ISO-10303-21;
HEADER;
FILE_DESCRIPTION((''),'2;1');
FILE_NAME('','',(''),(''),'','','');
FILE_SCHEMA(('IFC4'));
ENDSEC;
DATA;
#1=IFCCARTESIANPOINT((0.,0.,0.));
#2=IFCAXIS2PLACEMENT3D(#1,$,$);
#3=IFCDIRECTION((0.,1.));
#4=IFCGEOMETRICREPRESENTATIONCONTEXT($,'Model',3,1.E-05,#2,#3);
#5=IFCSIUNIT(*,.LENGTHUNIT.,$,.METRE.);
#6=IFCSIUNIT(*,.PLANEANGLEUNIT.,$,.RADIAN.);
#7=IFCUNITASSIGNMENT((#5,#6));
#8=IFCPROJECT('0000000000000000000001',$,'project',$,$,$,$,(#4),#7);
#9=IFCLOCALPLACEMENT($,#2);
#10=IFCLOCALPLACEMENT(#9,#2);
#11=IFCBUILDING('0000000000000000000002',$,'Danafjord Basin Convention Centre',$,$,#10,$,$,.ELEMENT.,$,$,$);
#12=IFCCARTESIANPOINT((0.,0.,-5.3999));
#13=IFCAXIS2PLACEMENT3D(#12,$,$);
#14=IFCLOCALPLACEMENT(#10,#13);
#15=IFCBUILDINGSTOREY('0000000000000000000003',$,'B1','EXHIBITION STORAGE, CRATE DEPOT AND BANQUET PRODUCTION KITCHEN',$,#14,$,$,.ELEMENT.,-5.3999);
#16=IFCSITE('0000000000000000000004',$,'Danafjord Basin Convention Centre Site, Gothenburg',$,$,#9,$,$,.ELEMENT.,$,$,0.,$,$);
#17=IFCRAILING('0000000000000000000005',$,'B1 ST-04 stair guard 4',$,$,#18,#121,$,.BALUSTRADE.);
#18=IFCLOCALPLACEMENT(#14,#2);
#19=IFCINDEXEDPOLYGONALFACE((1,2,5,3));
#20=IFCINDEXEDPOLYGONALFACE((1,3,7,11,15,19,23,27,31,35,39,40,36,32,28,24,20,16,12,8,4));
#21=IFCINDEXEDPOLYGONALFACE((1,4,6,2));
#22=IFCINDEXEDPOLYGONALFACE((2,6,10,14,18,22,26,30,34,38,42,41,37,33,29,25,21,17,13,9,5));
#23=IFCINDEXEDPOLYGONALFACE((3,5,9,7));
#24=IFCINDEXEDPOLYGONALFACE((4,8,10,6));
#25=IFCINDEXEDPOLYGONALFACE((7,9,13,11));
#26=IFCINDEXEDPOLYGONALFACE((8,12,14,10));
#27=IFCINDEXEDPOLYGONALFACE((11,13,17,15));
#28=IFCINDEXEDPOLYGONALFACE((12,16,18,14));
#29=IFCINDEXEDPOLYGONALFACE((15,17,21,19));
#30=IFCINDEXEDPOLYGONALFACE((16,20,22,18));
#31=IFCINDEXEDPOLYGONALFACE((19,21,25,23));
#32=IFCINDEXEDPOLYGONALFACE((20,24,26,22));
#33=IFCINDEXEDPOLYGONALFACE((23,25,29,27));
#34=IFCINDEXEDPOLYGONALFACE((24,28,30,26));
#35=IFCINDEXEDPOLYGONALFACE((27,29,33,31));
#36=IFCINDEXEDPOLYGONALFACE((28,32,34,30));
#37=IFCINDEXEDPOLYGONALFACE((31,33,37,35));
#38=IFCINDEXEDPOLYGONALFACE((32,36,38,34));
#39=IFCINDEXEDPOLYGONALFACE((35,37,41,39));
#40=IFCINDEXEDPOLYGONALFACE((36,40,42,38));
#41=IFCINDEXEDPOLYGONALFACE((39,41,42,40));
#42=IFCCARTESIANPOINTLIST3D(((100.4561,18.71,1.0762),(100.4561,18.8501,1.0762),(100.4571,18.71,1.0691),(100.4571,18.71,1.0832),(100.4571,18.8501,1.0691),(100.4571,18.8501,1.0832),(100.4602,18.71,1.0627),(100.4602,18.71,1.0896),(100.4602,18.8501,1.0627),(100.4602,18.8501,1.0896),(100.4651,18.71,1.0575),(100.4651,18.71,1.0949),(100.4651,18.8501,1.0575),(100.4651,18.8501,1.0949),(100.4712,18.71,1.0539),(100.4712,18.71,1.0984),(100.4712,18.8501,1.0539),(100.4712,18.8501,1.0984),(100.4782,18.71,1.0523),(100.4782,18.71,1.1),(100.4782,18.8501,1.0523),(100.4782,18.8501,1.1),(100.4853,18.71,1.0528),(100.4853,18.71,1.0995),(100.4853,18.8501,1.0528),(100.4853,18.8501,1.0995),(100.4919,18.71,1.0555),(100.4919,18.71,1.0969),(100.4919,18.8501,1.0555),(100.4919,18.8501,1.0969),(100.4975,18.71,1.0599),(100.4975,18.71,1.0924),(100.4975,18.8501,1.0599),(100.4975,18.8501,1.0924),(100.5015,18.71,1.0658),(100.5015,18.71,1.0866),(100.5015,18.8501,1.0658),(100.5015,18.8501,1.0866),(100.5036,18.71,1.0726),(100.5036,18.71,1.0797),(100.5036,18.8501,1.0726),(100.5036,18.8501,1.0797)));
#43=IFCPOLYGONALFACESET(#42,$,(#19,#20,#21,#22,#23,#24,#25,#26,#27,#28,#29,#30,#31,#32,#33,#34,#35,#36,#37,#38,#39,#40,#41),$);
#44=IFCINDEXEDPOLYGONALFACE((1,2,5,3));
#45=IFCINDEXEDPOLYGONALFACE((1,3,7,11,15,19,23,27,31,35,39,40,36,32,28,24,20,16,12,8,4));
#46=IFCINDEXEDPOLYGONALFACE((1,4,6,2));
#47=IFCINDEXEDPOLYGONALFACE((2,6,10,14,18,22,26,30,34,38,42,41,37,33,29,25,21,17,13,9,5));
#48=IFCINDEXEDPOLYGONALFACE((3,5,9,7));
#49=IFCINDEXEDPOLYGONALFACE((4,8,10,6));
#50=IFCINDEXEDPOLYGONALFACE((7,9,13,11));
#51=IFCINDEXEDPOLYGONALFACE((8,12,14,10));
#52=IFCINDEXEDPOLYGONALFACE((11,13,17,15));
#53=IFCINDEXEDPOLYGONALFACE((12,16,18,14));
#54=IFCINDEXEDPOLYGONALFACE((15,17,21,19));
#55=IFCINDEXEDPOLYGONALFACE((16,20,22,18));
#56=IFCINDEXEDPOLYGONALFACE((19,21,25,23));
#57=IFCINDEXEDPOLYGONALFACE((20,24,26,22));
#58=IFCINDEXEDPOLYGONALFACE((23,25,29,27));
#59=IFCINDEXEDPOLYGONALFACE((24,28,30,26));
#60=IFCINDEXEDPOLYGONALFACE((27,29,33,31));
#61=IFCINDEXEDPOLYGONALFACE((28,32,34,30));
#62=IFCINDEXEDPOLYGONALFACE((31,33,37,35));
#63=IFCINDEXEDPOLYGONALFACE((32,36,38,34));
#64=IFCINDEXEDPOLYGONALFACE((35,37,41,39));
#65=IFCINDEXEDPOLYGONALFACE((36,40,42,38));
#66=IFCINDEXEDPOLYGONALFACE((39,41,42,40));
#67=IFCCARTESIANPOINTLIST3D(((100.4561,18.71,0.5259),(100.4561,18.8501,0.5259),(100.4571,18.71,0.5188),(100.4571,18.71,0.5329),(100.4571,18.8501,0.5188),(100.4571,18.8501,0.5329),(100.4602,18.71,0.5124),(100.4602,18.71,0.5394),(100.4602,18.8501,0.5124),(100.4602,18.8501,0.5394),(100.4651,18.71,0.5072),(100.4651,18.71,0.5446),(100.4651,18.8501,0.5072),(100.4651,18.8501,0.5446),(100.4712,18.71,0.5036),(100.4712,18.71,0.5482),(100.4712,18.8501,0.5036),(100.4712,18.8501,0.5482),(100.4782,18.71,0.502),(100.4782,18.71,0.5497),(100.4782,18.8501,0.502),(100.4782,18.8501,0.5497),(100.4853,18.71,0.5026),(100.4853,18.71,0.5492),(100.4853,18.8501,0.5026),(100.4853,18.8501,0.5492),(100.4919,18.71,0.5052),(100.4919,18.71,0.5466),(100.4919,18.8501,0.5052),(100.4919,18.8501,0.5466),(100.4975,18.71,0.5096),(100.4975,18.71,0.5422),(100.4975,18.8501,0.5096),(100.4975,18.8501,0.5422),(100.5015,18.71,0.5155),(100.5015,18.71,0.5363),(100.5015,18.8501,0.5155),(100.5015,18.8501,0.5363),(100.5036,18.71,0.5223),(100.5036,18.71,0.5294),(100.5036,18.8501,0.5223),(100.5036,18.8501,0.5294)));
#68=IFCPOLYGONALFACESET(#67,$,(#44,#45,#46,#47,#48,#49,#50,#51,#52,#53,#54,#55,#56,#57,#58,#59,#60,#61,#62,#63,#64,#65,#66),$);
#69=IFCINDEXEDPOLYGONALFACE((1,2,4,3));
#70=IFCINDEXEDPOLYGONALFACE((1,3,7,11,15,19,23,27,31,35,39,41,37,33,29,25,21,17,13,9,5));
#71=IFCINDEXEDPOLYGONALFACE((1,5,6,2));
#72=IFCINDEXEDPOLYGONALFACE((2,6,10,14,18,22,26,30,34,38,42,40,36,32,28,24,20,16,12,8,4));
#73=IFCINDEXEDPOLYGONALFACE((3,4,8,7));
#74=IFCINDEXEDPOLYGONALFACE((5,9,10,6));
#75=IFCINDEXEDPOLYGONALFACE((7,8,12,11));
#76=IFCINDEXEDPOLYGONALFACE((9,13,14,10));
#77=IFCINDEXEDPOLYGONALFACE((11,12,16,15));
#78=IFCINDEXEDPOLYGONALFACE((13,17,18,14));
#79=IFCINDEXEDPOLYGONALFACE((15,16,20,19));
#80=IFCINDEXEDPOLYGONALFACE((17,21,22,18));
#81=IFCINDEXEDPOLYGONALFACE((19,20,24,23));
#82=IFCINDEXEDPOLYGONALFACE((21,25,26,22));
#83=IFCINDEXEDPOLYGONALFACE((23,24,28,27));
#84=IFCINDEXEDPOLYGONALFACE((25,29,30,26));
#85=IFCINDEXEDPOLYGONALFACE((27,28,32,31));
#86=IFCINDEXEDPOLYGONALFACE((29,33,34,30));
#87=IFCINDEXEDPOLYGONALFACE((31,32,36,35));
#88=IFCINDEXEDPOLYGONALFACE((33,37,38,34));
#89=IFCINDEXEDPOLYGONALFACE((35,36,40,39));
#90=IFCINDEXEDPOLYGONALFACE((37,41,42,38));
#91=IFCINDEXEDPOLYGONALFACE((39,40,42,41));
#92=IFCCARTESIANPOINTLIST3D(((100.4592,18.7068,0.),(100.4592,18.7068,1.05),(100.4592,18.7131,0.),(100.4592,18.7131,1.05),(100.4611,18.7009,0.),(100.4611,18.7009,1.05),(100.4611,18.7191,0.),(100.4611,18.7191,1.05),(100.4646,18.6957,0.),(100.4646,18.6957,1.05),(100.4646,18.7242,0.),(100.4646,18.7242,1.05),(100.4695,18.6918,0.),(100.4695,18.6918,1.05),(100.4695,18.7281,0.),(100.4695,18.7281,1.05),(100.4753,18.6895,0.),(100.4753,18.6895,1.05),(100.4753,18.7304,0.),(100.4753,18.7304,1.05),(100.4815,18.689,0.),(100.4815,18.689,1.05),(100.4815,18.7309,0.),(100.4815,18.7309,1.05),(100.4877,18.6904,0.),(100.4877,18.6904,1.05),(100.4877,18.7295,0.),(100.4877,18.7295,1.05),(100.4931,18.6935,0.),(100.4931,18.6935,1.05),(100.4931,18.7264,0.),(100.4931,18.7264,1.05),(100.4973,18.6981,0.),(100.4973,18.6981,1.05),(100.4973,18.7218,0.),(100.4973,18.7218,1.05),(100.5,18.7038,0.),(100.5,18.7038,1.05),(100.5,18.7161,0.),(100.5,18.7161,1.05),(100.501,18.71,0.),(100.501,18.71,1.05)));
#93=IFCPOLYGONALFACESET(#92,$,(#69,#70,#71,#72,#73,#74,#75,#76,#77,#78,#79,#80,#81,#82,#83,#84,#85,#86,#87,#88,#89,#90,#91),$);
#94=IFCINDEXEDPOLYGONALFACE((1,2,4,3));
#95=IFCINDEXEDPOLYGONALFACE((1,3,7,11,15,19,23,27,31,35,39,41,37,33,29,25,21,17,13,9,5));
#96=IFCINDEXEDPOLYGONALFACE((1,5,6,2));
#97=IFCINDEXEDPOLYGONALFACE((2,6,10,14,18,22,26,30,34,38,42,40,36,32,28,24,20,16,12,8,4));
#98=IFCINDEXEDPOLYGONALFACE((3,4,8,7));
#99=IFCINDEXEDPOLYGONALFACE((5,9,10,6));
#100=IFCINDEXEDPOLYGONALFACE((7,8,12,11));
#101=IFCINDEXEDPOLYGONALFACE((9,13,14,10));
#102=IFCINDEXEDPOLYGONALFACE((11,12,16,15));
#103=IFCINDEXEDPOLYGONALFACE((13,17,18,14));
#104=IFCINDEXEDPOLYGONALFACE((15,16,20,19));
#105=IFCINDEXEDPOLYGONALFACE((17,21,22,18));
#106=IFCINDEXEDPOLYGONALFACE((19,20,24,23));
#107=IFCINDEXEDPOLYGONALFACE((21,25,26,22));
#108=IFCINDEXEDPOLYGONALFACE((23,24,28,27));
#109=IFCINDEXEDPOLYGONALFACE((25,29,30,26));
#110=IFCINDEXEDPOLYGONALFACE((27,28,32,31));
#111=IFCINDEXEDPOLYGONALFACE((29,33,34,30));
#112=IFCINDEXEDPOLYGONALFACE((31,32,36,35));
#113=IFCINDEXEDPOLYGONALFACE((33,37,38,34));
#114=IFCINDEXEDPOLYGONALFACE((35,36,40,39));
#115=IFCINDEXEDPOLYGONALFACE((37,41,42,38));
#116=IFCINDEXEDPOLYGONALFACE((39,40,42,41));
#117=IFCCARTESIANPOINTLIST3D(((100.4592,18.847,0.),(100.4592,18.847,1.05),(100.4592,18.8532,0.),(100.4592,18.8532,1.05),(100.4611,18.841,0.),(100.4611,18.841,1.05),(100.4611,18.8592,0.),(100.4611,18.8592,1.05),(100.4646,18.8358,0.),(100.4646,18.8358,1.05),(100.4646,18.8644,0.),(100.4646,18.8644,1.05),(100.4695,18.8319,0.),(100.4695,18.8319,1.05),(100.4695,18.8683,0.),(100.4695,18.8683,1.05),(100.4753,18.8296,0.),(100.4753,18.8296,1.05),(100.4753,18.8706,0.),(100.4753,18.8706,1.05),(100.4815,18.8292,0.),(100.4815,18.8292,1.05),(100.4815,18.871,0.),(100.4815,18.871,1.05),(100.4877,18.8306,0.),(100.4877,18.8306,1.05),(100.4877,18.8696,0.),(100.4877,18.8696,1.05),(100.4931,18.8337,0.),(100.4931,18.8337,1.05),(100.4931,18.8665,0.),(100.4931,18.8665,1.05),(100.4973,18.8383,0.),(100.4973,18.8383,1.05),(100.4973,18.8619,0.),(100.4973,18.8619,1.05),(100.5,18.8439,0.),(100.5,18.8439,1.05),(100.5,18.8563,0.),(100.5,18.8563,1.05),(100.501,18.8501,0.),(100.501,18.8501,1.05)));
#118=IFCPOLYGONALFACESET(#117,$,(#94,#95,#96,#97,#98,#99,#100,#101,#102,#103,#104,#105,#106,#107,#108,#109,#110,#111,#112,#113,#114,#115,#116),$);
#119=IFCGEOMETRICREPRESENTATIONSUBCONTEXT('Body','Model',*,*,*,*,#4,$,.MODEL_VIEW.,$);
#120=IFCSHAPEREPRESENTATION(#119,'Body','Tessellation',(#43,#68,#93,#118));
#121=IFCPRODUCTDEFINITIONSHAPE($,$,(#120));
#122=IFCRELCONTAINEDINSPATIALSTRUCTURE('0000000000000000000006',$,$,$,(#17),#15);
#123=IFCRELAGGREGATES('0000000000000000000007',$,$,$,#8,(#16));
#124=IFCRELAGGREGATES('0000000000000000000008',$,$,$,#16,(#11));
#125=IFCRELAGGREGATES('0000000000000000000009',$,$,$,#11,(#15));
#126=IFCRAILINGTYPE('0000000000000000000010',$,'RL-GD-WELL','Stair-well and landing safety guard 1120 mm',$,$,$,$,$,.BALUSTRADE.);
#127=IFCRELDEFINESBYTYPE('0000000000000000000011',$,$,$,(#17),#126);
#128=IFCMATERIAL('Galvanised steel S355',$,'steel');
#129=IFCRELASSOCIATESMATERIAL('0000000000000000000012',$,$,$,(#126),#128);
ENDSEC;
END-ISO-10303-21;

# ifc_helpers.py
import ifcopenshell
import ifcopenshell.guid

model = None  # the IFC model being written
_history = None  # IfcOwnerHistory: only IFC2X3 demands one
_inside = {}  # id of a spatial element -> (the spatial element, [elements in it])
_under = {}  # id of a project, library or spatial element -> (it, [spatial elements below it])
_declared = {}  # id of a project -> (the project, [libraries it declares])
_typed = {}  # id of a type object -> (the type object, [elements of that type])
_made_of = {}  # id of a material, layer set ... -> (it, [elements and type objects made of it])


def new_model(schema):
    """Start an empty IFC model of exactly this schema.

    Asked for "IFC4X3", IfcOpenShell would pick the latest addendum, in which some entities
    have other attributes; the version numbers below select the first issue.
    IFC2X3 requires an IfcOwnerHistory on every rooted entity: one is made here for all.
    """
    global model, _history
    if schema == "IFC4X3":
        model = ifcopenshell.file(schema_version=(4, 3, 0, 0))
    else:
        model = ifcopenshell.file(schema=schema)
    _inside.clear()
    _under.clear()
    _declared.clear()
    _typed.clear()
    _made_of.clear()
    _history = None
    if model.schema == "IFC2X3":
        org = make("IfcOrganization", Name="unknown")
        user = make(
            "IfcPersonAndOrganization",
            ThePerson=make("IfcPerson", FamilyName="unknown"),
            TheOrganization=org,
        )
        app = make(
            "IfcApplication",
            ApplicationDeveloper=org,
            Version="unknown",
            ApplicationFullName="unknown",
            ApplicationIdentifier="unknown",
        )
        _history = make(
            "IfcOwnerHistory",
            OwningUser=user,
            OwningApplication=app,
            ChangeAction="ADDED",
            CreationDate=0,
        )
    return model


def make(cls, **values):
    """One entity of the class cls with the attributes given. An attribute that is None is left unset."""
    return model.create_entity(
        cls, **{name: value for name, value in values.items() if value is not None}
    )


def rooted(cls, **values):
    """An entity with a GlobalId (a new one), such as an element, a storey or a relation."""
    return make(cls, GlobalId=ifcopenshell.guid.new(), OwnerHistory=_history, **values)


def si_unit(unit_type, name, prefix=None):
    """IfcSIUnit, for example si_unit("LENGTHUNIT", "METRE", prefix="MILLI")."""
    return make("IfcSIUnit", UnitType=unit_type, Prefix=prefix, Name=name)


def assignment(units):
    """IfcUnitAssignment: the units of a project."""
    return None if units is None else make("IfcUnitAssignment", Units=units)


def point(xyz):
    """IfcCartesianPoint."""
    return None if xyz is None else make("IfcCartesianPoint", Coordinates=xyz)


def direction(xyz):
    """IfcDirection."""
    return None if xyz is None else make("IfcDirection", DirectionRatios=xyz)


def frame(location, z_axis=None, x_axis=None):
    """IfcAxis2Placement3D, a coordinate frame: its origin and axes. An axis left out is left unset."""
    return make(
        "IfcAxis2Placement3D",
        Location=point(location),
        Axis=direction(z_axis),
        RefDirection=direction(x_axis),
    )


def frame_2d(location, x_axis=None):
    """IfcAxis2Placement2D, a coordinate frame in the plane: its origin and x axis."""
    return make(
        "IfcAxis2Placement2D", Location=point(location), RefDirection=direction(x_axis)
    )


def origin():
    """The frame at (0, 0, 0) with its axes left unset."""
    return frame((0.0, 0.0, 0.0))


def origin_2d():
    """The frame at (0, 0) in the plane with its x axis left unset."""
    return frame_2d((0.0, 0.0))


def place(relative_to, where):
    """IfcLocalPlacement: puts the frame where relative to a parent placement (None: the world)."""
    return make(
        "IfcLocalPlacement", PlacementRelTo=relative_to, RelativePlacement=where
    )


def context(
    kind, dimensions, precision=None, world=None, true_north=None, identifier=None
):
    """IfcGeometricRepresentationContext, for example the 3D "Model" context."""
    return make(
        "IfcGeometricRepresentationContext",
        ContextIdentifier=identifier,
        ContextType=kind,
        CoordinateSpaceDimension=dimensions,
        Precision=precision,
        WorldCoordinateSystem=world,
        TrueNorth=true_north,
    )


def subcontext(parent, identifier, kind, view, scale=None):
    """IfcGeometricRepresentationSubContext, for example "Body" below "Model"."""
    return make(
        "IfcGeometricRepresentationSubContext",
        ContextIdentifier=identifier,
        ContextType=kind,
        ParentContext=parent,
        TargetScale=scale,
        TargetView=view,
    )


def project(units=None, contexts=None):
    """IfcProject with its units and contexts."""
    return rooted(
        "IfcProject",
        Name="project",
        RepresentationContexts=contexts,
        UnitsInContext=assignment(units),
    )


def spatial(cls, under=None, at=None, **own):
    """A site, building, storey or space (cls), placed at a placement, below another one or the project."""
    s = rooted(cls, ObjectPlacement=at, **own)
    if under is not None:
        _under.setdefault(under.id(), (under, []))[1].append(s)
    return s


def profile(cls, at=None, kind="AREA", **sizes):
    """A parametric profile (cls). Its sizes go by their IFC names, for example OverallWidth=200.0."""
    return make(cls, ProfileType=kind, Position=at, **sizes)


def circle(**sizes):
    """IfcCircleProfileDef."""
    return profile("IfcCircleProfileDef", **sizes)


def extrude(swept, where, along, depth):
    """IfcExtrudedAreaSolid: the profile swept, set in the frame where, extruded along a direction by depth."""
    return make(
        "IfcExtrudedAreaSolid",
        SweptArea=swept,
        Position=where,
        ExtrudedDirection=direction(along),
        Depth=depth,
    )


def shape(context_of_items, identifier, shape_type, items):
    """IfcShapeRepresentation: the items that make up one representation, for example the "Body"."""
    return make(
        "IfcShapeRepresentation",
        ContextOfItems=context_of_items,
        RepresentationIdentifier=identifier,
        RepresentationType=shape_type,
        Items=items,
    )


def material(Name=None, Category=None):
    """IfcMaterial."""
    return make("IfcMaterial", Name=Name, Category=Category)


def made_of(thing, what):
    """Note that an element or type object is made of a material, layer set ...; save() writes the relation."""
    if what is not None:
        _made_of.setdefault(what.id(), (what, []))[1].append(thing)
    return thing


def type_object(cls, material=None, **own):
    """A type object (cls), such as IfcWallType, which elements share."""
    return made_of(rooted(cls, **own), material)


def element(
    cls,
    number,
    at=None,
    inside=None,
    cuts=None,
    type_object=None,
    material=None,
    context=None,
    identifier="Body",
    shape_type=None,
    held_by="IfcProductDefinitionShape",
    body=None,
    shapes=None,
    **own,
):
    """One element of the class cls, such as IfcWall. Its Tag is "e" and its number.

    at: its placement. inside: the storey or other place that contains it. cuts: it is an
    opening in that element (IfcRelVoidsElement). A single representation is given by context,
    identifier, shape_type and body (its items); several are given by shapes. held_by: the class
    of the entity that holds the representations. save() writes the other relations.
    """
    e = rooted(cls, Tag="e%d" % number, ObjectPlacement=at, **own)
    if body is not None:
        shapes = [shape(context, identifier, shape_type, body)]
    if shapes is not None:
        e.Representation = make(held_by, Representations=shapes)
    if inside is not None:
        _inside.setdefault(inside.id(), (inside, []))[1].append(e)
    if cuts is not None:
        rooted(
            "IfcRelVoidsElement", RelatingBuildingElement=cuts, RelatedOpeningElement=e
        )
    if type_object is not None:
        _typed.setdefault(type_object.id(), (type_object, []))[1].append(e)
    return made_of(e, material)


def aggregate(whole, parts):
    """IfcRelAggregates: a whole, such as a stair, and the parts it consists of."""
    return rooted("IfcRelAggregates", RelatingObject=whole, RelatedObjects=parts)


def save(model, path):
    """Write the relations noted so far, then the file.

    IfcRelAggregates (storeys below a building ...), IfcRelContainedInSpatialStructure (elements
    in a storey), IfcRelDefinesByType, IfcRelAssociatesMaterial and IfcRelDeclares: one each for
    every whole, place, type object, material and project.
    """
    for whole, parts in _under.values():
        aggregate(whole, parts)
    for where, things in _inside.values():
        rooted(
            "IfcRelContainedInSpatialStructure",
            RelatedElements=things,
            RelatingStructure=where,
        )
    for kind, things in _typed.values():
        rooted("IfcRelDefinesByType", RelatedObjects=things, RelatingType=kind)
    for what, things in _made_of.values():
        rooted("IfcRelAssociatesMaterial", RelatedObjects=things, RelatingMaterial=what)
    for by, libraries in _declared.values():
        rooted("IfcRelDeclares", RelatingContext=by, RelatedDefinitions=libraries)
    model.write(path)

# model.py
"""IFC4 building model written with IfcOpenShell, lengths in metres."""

from ifc_helpers import new_model, si_unit, direction, frame, origin, origin_2d, place, context, subcontext, project, spatial, circle, extrude, material, type_object, element, save


model = new_model("IFC4")

# Units and contexts
model_context = context("Model", 3, precision=1e-05, world=origin(), true_north=direction((0.0, 1.0)))
body_context = subcontext(model_context, "Body", "Model", "MODEL_VIEW")
ifc_project = project(units=[si_unit("LENGTHUNIT", "METRE"), si_unit("PLANEANGLEUNIT", "RADIAN")], contexts=[model_context])

# Site, building, storey
site_placement = place(None, origin())
site = spatial("IfcSite", under=ifc_project, at=site_placement, Name="Danafjord Basin Convention Centre Site, Gothenburg", CompositionType="ELEMENT", RefElevation=0.0)
building_placement = place(site_placement, origin())
building = spatial("IfcBuilding", under=site, at=building_placement, Name="Danafjord Basin Convention Centre", CompositionType="ELEMENT")
storey_placement = place(building_placement, frame((0.0, 0.0, -5.3999)))
storey = spatial("IfcBuildingStorey", under=building, at=storey_placement, Name="B1", Description="EXHIBITION STORAGE, CRATE DEPOT AND BANQUET PRODUCTION KITCHEN", CompositionType="ELEMENT", Elevation=-5.3999)

# Railing
ifc_material_1 = material(Name="Galvanised steel S355", Category="steel")
railing_type_1 = type_object("IfcRailingType", Name="RL-GD-WELL", Description="Stair-well and landing safety guard 1120 mm", PredefinedType="BALUSTRADE", material=ifc_material_1)
railing_1_placement = place(storey_placement, frame((100.48, 18.71, 0.0)))
element("IfcRailing", 1, at=railing_1_placement, inside=storey, type_object=railing_type_1, Name="B1 ST-04 stair guard 4", PredefinedType="BALUSTRADE", context=body_context, shape_type="SweptSolid", body=[
    extrude(circle(Radius=0.0239, at=origin_2d()), frame((0.0, 0.0, 1.0762), z_axis=(0.0, 1.0, 0.0), x_axis=(-1.0, 0.0, 0.0)), (0.0, 0.0, 1.0), 0.1401),
    extrude(circle(Radius=0.0239, at=origin_2d()), frame((0.0, 0.0, 0.5259), z_axis=(0.0, 1.0, 0.0), x_axis=(-1.0, 0.0, 0.0)), (0.0, 0.0, 1.0), 0.1401),
    extrude(circle(Radius=0.021, at=origin_2d()), origin(), (0.0, 0.0, 1.0), 1.05),
    extrude(circle(Radius=0.021, at=origin_2d()), frame((0.0, 0.1401, 0.0)), (0.0, 0.0, 1.0), 1.05),
])

save(model, "model.ifc")
